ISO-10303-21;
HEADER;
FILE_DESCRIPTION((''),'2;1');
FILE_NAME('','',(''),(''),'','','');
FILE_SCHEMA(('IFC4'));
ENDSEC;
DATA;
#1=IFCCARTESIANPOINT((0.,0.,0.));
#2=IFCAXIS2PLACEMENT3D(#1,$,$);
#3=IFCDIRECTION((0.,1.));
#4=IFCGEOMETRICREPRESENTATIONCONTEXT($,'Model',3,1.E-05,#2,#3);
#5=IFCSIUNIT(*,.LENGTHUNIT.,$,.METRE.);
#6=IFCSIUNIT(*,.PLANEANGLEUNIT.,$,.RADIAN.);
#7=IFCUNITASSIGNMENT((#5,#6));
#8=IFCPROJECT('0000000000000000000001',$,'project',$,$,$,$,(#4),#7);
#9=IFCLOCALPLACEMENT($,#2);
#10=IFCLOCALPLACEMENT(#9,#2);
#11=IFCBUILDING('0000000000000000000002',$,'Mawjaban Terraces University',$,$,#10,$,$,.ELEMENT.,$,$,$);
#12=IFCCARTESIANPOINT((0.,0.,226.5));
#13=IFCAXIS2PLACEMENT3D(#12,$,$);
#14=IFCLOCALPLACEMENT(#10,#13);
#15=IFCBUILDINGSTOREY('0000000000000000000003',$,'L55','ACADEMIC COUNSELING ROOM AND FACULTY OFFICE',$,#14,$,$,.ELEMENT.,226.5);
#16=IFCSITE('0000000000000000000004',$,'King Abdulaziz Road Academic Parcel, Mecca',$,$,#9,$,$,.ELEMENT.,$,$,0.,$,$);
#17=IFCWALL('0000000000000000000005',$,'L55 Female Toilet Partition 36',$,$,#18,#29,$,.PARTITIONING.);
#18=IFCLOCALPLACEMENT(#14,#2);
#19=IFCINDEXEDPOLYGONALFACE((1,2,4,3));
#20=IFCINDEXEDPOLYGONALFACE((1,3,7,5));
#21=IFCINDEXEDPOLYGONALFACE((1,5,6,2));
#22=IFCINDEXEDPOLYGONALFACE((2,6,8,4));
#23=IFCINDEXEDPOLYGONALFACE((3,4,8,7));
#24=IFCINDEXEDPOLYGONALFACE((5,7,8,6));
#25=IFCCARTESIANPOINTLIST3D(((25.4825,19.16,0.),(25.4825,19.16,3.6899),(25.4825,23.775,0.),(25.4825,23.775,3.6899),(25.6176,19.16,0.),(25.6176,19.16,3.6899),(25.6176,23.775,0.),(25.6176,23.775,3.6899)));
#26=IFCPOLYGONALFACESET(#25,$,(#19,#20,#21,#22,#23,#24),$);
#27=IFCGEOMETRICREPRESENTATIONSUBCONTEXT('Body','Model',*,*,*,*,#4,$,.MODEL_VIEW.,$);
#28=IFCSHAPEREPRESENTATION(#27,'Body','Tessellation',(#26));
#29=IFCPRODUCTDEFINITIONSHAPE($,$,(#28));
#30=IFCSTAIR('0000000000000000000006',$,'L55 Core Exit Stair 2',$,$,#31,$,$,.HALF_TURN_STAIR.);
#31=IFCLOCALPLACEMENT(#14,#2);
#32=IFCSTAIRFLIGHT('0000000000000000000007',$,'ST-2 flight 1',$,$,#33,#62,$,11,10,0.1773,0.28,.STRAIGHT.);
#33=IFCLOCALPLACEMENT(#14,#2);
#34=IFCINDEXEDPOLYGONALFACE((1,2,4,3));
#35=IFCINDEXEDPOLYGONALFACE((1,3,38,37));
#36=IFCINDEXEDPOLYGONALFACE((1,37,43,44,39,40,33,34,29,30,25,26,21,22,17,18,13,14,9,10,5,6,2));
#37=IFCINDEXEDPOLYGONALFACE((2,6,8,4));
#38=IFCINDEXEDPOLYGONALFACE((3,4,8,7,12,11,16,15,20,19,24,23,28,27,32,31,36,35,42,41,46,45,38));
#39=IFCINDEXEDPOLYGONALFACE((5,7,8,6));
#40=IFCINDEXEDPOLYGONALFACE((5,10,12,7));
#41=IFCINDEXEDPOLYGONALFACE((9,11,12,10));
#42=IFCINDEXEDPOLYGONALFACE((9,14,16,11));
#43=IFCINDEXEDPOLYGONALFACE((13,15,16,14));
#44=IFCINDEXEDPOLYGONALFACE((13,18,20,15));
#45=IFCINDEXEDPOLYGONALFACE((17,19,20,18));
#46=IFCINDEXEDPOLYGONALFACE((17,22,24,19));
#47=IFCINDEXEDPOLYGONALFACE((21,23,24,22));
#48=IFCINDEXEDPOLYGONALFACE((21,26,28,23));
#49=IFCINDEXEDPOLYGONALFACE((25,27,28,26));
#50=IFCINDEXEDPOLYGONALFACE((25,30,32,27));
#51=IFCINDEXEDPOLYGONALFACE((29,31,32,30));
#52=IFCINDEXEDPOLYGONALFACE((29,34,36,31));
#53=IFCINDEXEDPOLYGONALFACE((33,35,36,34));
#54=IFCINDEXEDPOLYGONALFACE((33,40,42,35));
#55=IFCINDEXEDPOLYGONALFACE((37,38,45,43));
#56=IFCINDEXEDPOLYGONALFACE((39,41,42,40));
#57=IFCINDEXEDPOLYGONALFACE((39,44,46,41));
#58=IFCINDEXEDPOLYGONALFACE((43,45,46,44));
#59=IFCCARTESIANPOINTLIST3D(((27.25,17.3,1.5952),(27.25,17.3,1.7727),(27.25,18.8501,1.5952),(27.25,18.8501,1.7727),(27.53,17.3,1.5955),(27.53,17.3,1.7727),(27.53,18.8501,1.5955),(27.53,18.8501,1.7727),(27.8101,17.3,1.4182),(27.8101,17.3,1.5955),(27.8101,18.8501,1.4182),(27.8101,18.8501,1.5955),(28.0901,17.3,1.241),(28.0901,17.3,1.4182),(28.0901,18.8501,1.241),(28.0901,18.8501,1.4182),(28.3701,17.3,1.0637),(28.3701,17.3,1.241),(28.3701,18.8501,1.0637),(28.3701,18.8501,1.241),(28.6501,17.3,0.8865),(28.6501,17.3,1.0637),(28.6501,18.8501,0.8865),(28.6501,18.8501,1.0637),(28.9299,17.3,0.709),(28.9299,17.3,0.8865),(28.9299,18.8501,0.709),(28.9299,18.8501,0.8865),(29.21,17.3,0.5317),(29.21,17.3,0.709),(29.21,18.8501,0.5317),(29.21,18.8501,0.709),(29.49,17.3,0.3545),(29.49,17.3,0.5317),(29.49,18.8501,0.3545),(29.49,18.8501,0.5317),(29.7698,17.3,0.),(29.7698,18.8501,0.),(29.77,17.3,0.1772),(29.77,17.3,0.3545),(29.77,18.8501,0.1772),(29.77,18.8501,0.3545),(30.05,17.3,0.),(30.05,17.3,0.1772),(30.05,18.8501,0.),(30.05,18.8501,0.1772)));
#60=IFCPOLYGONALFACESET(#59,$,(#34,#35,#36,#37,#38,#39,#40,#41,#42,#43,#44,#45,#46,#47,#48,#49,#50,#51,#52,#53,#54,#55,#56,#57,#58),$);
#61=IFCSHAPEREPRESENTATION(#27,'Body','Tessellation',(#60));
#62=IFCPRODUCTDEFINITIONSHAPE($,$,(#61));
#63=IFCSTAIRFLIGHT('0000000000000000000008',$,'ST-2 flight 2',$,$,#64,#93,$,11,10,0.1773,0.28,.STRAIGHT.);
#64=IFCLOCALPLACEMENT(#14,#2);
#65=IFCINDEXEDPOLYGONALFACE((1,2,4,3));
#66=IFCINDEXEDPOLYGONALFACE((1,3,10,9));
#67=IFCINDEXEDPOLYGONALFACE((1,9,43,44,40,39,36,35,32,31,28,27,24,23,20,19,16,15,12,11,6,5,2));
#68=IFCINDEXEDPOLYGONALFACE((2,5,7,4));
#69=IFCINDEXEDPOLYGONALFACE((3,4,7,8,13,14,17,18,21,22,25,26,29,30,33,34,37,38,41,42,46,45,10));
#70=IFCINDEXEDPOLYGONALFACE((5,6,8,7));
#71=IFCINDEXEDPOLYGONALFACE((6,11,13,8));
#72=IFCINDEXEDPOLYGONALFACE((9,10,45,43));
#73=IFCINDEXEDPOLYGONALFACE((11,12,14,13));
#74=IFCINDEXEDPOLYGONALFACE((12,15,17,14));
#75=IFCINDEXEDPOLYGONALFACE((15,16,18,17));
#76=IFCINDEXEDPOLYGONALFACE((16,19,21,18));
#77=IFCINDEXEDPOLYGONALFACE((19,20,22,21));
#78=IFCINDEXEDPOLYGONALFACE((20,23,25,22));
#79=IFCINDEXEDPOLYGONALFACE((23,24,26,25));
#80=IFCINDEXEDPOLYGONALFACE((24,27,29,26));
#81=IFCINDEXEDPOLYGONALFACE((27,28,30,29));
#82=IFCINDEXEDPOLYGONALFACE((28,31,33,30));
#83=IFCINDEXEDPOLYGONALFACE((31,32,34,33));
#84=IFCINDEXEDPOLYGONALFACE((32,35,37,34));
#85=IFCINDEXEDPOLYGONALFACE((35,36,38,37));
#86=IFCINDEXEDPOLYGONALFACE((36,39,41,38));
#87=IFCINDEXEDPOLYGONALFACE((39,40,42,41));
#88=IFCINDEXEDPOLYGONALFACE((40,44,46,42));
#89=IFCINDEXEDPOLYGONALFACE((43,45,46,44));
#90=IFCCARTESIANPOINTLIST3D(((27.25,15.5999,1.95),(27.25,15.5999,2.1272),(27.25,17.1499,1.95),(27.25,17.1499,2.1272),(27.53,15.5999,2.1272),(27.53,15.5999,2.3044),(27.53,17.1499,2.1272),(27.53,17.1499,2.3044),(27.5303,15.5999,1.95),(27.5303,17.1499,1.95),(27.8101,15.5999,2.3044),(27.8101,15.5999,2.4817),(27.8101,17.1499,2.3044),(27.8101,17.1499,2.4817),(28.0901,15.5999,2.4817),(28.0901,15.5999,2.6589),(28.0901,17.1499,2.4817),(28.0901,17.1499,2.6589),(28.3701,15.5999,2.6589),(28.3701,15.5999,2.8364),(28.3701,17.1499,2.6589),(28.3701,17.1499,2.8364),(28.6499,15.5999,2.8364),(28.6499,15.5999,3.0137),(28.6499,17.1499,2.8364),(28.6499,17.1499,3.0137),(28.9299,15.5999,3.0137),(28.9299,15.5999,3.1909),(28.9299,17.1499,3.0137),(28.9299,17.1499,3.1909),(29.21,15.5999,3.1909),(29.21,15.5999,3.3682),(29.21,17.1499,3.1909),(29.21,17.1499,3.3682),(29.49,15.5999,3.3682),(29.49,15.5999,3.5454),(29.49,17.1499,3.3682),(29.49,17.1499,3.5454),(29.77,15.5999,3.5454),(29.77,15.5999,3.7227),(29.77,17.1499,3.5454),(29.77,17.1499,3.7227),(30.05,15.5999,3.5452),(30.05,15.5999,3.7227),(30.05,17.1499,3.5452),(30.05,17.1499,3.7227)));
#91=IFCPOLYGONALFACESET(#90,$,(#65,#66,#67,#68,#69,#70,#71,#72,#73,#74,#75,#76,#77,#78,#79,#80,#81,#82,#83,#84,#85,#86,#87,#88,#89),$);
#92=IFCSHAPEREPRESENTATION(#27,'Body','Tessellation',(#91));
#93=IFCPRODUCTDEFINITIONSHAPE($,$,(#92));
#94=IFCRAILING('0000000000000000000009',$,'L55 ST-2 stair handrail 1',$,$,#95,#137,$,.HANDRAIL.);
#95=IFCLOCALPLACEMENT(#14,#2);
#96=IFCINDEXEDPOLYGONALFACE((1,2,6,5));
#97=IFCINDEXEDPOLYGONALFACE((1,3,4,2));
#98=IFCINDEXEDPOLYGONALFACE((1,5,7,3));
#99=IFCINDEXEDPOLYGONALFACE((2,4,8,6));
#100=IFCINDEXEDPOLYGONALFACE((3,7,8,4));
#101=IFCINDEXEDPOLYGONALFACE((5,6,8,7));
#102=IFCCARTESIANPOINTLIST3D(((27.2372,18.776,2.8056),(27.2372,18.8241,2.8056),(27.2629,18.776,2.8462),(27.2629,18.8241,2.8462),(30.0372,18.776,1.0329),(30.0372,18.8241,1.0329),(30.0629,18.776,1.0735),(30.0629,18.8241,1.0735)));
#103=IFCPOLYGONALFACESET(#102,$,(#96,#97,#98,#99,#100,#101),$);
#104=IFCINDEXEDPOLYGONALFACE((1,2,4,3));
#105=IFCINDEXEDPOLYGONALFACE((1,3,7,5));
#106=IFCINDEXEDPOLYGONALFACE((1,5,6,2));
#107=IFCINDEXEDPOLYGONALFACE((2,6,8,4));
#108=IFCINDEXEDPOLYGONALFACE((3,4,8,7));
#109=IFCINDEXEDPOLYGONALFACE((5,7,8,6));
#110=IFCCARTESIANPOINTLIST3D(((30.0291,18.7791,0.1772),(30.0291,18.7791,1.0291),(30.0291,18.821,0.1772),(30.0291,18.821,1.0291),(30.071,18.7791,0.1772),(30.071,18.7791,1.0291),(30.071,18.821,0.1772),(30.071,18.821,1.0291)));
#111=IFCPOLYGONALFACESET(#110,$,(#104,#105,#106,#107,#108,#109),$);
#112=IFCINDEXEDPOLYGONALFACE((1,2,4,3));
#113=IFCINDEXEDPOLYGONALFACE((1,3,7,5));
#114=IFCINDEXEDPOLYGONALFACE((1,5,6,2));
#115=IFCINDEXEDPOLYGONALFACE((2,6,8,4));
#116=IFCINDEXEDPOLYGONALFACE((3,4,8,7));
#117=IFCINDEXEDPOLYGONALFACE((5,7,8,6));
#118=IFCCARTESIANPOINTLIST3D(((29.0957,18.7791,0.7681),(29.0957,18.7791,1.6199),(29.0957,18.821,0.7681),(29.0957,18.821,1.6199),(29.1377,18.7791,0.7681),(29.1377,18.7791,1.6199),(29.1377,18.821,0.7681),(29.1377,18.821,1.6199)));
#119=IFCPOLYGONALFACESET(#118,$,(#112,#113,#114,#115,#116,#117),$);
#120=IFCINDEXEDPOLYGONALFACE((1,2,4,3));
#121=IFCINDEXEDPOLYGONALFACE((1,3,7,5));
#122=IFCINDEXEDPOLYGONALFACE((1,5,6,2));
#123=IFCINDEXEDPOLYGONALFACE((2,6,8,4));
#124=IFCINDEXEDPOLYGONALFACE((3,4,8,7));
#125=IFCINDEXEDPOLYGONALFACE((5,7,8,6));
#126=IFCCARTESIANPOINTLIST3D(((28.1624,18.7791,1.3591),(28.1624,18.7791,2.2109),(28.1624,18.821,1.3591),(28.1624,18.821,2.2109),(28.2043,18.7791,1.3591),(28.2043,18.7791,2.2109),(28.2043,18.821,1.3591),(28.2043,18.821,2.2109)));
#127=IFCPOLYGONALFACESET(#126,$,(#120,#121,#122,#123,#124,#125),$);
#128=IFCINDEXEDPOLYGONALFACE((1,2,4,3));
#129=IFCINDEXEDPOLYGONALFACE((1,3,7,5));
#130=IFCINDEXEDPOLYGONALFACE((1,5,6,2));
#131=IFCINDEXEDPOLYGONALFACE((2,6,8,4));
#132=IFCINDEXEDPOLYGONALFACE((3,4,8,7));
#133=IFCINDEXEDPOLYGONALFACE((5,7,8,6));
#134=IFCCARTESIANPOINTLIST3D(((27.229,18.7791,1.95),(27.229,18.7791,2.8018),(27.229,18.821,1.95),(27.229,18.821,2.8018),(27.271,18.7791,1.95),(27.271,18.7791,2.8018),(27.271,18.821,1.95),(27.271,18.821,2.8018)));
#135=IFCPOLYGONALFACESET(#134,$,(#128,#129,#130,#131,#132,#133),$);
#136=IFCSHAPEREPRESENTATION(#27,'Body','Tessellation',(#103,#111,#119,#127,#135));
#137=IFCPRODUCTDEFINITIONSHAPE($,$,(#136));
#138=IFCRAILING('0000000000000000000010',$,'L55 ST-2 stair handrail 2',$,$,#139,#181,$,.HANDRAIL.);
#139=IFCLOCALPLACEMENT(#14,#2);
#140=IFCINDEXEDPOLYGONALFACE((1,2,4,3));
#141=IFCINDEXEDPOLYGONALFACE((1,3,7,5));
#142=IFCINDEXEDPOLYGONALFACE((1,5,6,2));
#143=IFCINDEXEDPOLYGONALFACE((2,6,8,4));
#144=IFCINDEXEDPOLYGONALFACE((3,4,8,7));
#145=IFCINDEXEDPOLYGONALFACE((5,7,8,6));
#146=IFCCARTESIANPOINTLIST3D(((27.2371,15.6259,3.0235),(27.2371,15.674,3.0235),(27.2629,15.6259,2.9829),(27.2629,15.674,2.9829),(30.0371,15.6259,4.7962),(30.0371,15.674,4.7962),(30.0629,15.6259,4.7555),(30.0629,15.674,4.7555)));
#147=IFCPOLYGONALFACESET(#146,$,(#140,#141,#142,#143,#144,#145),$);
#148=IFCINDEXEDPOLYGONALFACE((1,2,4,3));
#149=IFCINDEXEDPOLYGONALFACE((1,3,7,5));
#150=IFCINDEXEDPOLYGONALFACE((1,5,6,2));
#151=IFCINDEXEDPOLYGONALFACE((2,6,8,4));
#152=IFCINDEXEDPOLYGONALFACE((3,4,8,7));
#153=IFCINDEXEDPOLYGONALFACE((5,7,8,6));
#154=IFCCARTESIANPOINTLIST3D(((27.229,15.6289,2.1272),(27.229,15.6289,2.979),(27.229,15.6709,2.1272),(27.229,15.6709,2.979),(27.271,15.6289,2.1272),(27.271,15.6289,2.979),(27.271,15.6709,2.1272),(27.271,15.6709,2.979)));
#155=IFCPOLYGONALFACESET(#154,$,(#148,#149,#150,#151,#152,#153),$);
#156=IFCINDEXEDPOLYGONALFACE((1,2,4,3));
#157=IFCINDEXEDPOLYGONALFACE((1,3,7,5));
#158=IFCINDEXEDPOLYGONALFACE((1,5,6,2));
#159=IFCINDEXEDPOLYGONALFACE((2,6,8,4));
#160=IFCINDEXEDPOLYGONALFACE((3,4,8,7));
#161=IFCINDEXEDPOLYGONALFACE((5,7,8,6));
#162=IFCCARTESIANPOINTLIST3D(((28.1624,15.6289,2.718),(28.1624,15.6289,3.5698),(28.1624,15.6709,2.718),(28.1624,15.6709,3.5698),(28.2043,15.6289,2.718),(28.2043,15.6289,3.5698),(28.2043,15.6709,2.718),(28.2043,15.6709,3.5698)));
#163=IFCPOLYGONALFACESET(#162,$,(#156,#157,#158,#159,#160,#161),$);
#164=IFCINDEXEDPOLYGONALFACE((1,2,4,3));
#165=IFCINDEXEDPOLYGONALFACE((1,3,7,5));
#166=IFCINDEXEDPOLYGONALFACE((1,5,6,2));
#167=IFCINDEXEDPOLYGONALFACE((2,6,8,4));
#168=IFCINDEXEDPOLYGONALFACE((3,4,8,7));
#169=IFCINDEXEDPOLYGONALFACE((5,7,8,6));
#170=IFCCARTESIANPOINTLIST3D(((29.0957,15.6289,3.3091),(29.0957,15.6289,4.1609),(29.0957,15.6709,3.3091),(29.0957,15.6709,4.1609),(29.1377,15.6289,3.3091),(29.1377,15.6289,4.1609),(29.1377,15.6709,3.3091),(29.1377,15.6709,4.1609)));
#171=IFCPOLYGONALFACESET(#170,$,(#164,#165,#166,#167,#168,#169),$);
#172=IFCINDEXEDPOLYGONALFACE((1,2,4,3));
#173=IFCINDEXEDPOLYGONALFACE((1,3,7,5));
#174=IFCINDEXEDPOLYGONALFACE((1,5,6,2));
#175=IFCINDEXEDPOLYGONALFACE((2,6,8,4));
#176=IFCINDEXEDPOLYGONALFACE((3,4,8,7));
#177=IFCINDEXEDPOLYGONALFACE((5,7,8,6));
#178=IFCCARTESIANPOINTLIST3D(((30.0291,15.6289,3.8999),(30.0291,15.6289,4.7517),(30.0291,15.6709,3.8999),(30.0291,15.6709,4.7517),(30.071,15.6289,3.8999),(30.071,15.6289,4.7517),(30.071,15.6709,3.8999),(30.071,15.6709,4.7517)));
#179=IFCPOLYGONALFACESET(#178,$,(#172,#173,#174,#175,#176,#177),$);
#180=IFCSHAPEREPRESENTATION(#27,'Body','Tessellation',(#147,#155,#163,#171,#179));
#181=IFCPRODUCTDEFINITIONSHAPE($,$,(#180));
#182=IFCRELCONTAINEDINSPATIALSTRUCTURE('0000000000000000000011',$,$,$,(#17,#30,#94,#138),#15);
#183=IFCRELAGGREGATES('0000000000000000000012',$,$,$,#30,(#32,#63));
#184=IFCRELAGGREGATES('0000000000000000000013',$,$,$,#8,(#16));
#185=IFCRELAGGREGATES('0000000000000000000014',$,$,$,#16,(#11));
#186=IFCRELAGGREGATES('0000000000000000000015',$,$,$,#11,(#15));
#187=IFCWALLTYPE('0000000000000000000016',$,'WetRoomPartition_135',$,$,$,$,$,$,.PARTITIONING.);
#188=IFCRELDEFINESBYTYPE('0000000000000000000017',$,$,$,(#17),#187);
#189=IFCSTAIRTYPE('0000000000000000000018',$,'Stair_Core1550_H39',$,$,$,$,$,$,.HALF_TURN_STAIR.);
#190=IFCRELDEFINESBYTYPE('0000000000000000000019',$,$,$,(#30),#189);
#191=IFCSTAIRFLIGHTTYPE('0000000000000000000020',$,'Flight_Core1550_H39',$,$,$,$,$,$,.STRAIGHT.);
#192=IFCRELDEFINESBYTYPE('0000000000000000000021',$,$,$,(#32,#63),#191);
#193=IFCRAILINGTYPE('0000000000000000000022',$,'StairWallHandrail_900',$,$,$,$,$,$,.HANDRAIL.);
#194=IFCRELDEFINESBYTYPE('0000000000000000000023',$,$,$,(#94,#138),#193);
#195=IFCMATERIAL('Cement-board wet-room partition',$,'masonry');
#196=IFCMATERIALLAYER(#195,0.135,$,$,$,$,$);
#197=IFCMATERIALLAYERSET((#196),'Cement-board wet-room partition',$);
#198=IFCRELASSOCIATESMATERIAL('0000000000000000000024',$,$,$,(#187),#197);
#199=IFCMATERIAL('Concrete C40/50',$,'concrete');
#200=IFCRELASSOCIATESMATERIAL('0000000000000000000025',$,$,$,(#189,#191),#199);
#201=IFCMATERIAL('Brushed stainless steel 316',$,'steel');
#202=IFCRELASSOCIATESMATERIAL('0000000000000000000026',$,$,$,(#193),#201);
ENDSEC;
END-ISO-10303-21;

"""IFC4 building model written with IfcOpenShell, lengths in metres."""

from ifc_helpers import new_model, si_unit, direction, frame, frame_2d, origin, origin_2d, place, context, subcontext, project, spatial, polyline, rectangle, outline, extrude, material, layer, layer_set, type_object, element, aggregate, save


model = new_model("IFC4")

# Units and contexts
model_context = context("Model", 3, precision=1e-05, world=origin(), true_north=direction((0.0, 1.0)))
body_context = subcontext(model_context, "Body", "Model", "MODEL_VIEW")
ifc_project = project(units=[si_unit("LENGTHUNIT", "METRE"), si_unit("PLANEANGLEUNIT", "RADIAN")], contexts=[model_context])

# Site, building, storey
site_placement = place(None, origin())
site = spatial("IfcSite", under=ifc_project, at=site_placement, Name="King Abdulaziz Road Academic Parcel, Mecca", CompositionType="ELEMENT", RefElevation=0.0)
building_placement = place(site_placement, origin())
building = spatial("IfcBuilding", under=site, at=building_placement, Name="Mawjaban Terraces University", CompositionType="ELEMENT")
storey_placement = place(building_placement, frame((0.0, 0.0, 226.5)))
storey = spatial("IfcBuildingStorey", under=building, at=storey_placement, Name="L55", Description="ACADEMIC COUNSELING ROOM AND FACULTY OFFICE", CompositionType="ELEMENT", Elevation=226.5)

# Shared definitions
ifc_material_1 = material(Name="Concrete C40/50", Category="concrete")

# Wall
ifc_material_2 = material(Name="Cement-board wet-room partition", Category="masonry")
ifc_layer_1 = layer(ifc_material_2, 0.135)
ifc_layer_set_1 = layer_set([ifc_layer_1], Name="Cement-board wet-room partition")
wall_type_1 = type_object("IfcWallType", Name="WetRoomPartition_135", PredefinedType="PARTITIONING", material=ifc_layer_set_1)
wall_1_placement = place(storey_placement, frame((25.55, 19.1599, 0.0), z_axis=(0.0, 0.0, 1.0), x_axis=(0.0, 1.0, 0.0)))
element("IfcWall", 1, at=wall_1_placement, inside=storey, type_object=wall_type_1, Name="L55 Female Toilet Partition 36", PredefinedType="PARTITIONING", context=body_context, shape_type="SweptSolid", body=[
    extrude(rectangle(XDim=4.615, YDim=0.135, at=frame_2d((2.3076, 0.0))), origin(), (0.0, 0.0, 1.0), 3.6899),
])

# Stair, stair flights
stair_type = type_object("IfcStairType", Name="Stair_Core1550_H39", PredefinedType="HALF_TURN_STAIR", material=ifc_material_1)
stair_placement = place(storey_placement, origin())
stair = element("IfcStair", 2, at=stair_placement, inside=storey, type_object=stair_type, Name="L55 Core Exit Stair 2", PredefinedType="HALF_TURN_STAIR")
stair_flight_type = type_object("IfcStairFlightType", Name="Flight_Core1550_H39", PredefinedType="STRAIGHT", material=ifc_material_1)
stair_flight_1_placement = place(storey_placement, frame((30.05, 18.075, 0.0), z_axis=(0.0, 0.0, 1.0), x_axis=(-1.0, 0.0, 0.0)))
stair_flight_1 = element("IfcStairFlight", 3, at=stair_flight_1_placement, type_object=stair_flight_type, Name="ST-2 flight 1", NumberOfRisers=11, NumberOfTreads=10, PredefinedType="STRAIGHT", RiserHeight=0.1773, TreadLength=0.28, context=body_context, shape_type="SweptSolid", body=[
    extrude(outline(polyline([(0.0, 0.0), (0.0, 0.1772), (0.28, 0.1772), (0.28, 0.3545), (0.5601, 0.3545), (0.5601, 0.5317), (0.8401, 0.5317), (0.8401, 0.709), (1.1201, 0.709), (1.1201, 0.8865), (1.3999, 0.8865), (1.3999, 1.0637), (1.6799, 1.0637), (1.6799, 1.241), (1.96, 1.241), (1.96, 1.4182), (2.24, 1.4182), (2.24, 1.5955), (2.52, 1.5955), (2.52, 1.7727), (2.8, 1.7727), (2.8, 1.95), (2.8, 1.5952), (0.2803, 0.0), (0.0, 0.0)])), frame((0.0, 0.7749, 0.0), z_axis=(0.0, -1.0, 0.0), x_axis=(1.0, 0.0, 0.0)), (0.0, 0.0, 1.0), 1.55),
])
stair_flight_2_placement = place(storey_placement, frame((27.25, 16.375, 1.95), z_axis=(0.0, 0.0, 1.0), x_axis=(1.0, 0.0, 0.0)))
stair_flight_2 = element("IfcStairFlight", 4, at=stair_flight_2_placement, type_object=stair_flight_type, Name="ST-2 flight 2", NumberOfRisers=11, NumberOfTreads=10, PredefinedType="STRAIGHT", RiserHeight=0.1773, TreadLength=0.28, context=body_context, shape_type="SweptSolid", body=[
    extrude(outline(polyline([(0.0, 0.0), (0.0, 0.1772), (0.28, 0.1772), (0.28, 0.3545), (0.5601, 0.3545), (0.5601, 0.5317), (0.8401, 0.5317), (0.8401, 0.709), (1.1201, 0.709), (1.1201, 0.8865), (1.3999, 0.8865), (1.3999, 1.0637), (1.6799, 1.0637), (1.6799, 1.241), (1.96, 1.241), (1.96, 1.4182), (2.24, 1.4182), (2.24, 1.5955), (2.52, 1.5955), (2.52, 1.7727), (2.8, 1.7727), (2.8, 1.95), (2.8, 1.5952), (0.2803, 0.0), (0.0, 0.0)])), frame((0.0, 0.7749, 0.0), z_axis=(0.0, -1.0, 0.0), x_axis=(1.0, 0.0, 0.0)), (0.0, 0.0, 1.0), 1.55),
])
aggregate(stair, [stair_flight_1, stair_flight_2])

# Railings
ifc_material_3 = material(Name="Brushed stainless steel 316", Category="steel")
railing_type_1 = type_object("IfcRailingType", Name="StairWallHandrail_900", PredefinedType="HANDRAIL", material=ifc_material_3)
railing_1_placement = place(storey_placement, frame((30.05, 18.8, 0.1772)))
element("IfcRailing", 5, at=railing_1_placement, inside=storey, type_object=railing_type_1, Name="L55 ST-2 stair handrail 1", PredefinedType="HANDRAIL", context=body_context, shape_type="SweptSolid", body=[
    extrude(rectangle(XDim=0.0481, YDim=0.0481, at=origin_2d()), frame((0.0, 0.0, 0.876), z_axis=(-0.844909, 0.0, 0.53491), x_axis=(0.0, -1.0, 0.0)), (0.0, 0.0, 1.0), 3.314),
    extrude(rectangle(XDim=0.042, YDim=0.042, at=origin_2d()), origin(), (0.0, 0.0, 1.0), 0.8518),
    extrude(rectangle(XDim=0.042, YDim=0.042, at=origin_2d()), frame((-0.9333, 0.0, 0.5908)), (0.0, 0.0, 1.0), 0.8518),
    extrude(rectangle(XDim=0.042, YDim=0.042, at=origin_2d()), frame((-1.8667, 0.0, 1.1819)), (0.0, 0.0, 1.0), 0.8518),
    extrude(rectangle(XDim=0.042, YDim=0.042, at=origin_2d()), frame((-2.8, 0.0, 1.7727)), (0.0, 0.0, 1.0), 0.8518),
])
railing_2_placement = place(storey_placement, frame((27.25, 15.6499, 2.1272)))
element("IfcRailing", 6, at=railing_2_placement, inside=storey, type_object=railing_type_1, Name="L55 ST-2 stair handrail 2", PredefinedType="HANDRAIL", context=body_context, shape_type="SweptSolid", body=[
    extrude(rectangle(XDim=0.0481, YDim=0.0481, at=origin_2d()), frame((0.0, 0.0, 0.876), z_axis=(0.844909, 0.0, 0.53491), x_axis=(0.0, 1.0, 0.0)), (0.0, 0.0, 1.0), 3.314),
    extrude(rectangle(XDim=0.042, YDim=0.042, at=origin_2d()), origin(), (0.0, 0.0, 1.0), 0.8518),
    extrude(rectangle(XDim=0.042, YDim=0.042, at=origin_2d()), frame((0.9333, 0.0, 0.5908)), (0.0, 0.0, 1.0), 0.8518),
    extrude(rectangle(XDim=0.042, YDim=0.042, at=origin_2d()), frame((1.8667, 0.0, 1.1819)), (0.0, 0.0, 1.0), 0.8518),
    extrude(rectangle(XDim=0.042, YDim=0.042, at=origin_2d()), frame((2.8, 0.0, 1.7727)), (0.0, 0.0, 1.0), 0.8518),
])

save(model, "model.ifc")
